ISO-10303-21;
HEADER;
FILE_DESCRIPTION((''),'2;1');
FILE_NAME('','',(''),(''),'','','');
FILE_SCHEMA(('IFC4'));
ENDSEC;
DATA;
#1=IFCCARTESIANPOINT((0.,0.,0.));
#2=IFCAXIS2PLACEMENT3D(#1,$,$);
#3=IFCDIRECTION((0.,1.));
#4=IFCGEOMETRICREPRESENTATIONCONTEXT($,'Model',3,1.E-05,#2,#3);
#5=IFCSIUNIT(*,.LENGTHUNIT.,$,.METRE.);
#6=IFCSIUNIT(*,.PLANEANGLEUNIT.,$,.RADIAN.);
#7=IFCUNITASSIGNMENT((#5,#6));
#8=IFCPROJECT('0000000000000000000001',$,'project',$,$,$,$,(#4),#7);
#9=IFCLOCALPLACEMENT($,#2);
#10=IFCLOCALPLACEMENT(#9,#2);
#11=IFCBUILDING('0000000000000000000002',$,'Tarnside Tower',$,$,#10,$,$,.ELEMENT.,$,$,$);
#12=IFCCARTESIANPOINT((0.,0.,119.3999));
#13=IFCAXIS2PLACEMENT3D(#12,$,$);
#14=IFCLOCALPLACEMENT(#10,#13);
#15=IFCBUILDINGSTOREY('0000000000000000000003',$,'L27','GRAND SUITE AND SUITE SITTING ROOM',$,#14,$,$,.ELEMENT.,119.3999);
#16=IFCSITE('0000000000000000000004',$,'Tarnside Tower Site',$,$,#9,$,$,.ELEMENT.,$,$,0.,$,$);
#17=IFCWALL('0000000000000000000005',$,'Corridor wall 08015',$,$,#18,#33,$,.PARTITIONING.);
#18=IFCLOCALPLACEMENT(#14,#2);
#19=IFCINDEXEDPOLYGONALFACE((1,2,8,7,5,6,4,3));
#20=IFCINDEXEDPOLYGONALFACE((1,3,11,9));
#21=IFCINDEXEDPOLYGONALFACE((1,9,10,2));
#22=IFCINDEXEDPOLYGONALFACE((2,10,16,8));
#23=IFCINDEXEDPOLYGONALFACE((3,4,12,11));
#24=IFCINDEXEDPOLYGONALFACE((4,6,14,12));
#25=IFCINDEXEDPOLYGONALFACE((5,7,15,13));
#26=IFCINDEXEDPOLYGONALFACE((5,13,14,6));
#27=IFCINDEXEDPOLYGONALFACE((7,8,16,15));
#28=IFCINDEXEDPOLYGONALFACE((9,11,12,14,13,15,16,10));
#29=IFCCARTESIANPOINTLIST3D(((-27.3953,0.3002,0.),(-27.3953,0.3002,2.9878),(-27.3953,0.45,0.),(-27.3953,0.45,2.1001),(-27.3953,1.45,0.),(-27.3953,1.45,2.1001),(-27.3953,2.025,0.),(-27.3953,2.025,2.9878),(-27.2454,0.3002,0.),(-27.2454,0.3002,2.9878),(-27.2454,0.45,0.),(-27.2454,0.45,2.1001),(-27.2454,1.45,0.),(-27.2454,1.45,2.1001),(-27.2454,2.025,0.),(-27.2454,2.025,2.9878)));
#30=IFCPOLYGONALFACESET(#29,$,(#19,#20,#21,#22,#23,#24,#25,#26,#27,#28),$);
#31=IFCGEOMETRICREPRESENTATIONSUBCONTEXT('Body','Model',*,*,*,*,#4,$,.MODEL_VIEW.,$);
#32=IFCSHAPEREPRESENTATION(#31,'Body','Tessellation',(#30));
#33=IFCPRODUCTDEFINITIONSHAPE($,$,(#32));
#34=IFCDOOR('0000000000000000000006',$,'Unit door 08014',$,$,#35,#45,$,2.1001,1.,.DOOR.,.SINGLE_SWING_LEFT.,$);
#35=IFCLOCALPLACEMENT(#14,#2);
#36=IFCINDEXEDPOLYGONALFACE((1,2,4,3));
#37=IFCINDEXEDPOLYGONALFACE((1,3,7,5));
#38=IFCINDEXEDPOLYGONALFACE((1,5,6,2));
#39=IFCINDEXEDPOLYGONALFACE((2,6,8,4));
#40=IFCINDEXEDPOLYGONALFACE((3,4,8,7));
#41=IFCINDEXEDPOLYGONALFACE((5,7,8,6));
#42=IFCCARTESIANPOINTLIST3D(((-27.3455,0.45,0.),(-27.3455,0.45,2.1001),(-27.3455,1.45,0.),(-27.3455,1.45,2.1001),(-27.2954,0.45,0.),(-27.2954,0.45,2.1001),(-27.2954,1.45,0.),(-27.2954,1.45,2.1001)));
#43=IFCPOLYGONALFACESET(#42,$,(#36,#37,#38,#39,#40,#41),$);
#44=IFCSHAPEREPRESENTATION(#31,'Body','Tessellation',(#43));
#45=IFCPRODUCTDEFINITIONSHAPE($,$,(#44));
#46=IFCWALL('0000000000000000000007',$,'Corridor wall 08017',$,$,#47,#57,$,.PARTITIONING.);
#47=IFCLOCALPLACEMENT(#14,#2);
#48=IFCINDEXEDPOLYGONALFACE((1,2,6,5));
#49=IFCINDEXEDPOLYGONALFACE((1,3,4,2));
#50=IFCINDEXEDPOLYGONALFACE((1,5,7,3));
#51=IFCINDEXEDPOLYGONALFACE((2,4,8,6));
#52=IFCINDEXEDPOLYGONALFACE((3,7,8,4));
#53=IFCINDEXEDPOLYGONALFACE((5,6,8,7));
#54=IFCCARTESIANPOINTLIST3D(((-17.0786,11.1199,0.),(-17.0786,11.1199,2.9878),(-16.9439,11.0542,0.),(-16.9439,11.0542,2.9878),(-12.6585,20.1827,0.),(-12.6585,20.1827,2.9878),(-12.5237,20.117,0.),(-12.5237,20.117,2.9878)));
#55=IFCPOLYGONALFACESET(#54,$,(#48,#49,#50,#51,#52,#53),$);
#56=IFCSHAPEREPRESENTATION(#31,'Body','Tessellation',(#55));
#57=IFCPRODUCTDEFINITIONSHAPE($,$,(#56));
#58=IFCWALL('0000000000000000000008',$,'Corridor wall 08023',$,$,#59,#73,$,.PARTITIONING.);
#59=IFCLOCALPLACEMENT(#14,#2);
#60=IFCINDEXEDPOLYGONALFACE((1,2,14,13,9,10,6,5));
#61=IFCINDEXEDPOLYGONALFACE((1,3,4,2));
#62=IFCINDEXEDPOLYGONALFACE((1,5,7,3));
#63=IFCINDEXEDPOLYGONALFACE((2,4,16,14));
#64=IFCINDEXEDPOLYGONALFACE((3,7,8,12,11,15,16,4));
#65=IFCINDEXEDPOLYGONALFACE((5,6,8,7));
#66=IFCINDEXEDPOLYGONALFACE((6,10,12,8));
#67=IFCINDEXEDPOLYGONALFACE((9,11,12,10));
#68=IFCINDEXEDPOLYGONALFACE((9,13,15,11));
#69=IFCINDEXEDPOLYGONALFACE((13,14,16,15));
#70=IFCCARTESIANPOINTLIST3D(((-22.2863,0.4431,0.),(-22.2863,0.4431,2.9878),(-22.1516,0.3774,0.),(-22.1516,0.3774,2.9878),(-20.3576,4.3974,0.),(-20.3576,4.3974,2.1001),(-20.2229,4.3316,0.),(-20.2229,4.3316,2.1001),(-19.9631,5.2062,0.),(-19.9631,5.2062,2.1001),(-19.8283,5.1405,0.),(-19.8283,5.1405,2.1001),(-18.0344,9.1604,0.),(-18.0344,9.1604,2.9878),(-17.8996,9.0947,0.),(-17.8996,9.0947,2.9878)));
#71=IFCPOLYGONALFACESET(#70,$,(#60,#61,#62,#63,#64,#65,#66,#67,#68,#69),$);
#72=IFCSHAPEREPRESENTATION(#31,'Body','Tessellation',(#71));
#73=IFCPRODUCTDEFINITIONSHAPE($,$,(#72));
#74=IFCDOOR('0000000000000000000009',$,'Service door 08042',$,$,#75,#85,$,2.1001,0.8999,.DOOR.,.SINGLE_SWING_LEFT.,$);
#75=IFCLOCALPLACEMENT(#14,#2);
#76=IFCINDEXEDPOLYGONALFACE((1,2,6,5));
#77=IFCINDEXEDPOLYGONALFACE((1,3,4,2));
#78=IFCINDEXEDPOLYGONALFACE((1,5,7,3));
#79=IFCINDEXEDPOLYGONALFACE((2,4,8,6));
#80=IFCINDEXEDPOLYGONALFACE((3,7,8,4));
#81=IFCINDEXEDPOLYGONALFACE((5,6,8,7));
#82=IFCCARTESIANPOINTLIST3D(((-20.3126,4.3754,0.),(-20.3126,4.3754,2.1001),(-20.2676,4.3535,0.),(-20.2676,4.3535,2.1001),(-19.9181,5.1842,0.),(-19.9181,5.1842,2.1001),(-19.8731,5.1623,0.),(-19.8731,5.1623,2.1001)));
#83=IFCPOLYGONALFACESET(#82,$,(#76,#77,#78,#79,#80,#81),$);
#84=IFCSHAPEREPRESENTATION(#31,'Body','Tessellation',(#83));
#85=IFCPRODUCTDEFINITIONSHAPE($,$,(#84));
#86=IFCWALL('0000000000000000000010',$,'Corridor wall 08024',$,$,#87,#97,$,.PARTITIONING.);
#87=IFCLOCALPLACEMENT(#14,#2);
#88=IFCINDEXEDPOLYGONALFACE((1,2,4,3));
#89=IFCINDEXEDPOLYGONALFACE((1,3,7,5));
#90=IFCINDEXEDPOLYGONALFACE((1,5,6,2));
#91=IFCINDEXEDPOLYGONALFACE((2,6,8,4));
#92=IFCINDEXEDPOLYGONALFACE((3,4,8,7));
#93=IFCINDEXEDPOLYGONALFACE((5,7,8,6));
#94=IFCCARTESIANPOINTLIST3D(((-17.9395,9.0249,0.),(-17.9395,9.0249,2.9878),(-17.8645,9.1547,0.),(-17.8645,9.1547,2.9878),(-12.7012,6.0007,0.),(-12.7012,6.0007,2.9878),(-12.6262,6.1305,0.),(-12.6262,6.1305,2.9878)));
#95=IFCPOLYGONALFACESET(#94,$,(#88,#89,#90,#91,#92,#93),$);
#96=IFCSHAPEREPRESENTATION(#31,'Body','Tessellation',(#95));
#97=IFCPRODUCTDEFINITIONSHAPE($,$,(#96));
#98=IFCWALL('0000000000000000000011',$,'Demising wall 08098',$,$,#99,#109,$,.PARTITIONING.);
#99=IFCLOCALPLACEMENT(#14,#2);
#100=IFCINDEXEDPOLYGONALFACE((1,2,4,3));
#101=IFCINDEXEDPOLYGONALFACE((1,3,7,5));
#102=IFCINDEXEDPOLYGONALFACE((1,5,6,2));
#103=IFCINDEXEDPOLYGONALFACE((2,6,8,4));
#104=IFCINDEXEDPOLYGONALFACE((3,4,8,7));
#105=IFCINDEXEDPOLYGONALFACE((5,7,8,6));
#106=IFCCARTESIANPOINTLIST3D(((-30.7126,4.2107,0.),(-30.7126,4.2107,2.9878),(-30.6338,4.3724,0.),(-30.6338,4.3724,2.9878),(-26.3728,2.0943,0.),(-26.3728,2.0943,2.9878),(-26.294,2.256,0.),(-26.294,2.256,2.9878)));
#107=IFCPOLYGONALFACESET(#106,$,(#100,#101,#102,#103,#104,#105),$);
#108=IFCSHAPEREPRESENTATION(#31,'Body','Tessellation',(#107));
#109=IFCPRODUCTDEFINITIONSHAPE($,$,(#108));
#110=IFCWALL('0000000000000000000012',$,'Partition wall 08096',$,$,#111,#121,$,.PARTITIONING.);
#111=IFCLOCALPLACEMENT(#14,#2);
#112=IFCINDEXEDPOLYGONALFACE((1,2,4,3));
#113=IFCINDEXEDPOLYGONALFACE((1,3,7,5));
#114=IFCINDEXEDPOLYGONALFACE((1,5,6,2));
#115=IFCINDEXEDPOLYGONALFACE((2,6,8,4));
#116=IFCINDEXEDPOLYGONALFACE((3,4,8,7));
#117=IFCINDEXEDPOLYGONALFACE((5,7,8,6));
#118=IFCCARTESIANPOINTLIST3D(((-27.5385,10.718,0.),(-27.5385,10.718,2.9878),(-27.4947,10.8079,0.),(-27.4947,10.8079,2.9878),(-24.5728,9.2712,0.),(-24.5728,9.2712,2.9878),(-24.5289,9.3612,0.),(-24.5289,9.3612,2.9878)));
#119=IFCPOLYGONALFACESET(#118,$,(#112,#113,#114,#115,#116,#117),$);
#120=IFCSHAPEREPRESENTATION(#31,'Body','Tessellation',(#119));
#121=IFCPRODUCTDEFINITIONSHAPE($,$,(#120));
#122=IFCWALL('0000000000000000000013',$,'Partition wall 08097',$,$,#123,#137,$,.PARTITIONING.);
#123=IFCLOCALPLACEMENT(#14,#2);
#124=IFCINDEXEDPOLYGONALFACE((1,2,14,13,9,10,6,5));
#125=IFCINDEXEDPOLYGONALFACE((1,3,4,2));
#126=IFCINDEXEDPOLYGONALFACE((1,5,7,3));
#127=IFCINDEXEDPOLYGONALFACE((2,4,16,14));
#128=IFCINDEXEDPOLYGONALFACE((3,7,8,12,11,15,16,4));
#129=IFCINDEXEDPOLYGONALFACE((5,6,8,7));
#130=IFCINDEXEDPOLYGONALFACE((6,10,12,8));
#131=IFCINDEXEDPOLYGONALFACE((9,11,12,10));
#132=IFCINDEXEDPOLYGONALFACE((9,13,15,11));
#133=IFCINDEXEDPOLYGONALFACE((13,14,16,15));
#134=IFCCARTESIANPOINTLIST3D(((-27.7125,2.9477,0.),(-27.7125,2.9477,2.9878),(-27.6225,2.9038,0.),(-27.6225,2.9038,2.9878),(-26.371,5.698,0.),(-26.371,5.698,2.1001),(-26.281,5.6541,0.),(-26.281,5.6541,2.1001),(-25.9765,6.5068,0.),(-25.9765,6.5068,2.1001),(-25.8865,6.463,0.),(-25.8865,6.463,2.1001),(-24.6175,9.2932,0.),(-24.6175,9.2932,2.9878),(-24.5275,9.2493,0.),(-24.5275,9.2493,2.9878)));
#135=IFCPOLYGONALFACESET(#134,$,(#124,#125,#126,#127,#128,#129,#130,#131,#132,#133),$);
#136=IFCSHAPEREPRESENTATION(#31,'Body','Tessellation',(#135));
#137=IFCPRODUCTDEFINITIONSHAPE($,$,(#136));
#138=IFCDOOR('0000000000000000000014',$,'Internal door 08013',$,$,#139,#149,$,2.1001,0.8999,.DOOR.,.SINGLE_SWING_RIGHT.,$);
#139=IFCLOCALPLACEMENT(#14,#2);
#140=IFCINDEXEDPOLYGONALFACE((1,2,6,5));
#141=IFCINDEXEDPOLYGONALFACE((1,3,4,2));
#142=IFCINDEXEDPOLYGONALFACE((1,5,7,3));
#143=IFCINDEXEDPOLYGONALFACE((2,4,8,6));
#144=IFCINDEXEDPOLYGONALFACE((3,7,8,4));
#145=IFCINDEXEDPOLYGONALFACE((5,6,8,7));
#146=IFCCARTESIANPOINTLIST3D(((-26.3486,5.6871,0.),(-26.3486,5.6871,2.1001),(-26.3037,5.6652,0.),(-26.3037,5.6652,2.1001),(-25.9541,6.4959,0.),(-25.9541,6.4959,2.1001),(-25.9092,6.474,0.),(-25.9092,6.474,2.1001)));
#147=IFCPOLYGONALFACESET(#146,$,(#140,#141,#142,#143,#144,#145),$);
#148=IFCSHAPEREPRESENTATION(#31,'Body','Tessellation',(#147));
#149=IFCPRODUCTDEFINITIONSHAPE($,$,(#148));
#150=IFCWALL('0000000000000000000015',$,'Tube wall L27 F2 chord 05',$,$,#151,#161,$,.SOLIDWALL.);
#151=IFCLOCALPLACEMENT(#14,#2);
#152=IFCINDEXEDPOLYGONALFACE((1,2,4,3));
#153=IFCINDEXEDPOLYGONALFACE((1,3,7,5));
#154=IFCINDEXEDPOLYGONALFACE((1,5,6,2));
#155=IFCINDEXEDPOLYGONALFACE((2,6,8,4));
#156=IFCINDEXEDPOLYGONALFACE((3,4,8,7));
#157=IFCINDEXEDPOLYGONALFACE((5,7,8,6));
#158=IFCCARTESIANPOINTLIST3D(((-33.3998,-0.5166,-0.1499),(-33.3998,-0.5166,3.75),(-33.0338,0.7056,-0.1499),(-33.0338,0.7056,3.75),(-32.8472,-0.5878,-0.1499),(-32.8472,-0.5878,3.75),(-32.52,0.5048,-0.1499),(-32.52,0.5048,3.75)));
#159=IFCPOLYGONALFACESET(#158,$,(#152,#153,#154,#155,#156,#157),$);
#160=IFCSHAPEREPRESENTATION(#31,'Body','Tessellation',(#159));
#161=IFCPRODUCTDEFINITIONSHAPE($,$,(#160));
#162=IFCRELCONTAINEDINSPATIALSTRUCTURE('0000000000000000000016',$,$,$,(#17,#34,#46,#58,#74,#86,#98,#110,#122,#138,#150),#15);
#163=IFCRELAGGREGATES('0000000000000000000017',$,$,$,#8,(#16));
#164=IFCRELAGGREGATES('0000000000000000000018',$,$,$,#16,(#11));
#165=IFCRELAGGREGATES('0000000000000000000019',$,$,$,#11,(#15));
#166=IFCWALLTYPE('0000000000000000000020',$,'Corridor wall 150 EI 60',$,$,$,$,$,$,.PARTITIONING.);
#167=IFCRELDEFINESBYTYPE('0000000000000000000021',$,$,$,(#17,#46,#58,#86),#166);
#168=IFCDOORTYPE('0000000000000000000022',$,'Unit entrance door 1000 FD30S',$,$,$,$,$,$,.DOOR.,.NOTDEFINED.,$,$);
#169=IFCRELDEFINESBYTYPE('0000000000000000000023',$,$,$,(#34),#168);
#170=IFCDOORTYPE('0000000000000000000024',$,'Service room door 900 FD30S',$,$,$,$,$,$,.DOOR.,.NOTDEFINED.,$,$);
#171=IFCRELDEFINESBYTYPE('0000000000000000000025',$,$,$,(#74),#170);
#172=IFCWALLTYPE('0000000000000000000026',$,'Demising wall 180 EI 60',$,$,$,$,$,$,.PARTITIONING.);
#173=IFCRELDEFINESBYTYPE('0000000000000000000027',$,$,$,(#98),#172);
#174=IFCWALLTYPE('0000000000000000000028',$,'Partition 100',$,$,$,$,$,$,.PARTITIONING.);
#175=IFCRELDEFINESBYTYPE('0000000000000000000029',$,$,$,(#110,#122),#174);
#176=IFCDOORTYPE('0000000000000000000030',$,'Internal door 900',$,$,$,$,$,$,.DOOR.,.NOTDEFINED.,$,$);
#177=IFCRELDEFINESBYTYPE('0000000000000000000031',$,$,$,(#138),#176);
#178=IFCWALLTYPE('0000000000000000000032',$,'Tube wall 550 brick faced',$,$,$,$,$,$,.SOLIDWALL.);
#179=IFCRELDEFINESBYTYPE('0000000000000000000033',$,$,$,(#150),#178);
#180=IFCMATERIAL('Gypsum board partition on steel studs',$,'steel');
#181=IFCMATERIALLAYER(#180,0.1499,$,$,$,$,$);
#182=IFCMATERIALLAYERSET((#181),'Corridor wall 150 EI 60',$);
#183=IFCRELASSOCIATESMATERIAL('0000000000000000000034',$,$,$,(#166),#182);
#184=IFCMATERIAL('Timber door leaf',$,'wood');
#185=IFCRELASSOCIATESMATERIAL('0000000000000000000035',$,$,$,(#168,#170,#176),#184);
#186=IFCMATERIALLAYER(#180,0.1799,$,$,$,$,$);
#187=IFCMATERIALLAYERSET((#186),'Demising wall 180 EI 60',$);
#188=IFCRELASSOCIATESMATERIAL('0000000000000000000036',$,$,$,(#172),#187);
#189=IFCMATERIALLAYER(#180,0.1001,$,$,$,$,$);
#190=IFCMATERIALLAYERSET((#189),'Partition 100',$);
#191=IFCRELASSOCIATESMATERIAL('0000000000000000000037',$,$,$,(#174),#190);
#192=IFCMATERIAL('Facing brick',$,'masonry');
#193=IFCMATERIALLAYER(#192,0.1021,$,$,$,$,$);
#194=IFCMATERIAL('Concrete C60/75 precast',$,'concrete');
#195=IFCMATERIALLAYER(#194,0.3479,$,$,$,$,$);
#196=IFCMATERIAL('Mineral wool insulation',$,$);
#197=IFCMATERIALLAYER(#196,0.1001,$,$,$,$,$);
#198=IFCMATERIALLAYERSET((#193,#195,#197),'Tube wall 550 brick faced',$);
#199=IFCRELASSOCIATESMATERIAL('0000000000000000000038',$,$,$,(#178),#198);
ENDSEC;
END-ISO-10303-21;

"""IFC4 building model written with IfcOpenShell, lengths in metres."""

from ifc_helpers import new_model, si_unit, direction, frame, frame_2d, origin, place, context, subcontext, project, spatial, polyline, rectangle, outline, extrude, material, layer, layer_set, type_object, element, fill, save


model = new_model("IFC4")

# Units and contexts
model_context = context("Model", 3, precision=1e-05, world=origin(), true_north=direction((0.0, 1.0)))
body_context = subcontext(model_context, "Body", "Model", "MODEL_VIEW")
ifc_project = project(units=[si_unit("LENGTHUNIT", "METRE"), si_unit("PLANEANGLEUNIT", "RADIAN")], contexts=[model_context])

# Site, building, storey
site_placement = place(None, origin())
site = spatial("IfcSite", under=ifc_project, at=site_placement, Name="Tarnside Tower Site", CompositionType="ELEMENT", RefElevation=0.0)
building_placement = place(site_placement, origin())
building = spatial("IfcBuilding", under=site, at=building_placement, Name="Tarnside Tower", CompositionType="ELEMENT")
storey_placement = place(building_placement, frame((0.0, 0.0, 119.3999)))
storey = spatial("IfcBuildingStorey", under=building, at=storey_placement, Name="L27", Description="GRAND SUITE AND SUITE SITTING ROOM", CompositionType="ELEMENT", Elevation=119.3999)

# Shared definitions
ifc_material_1 = material(Name="Gypsum board partition on steel studs", Category="steel")
ifc_material_2 = material(Name="Timber door leaf", Category="wood")

# Shared definitions
ifc_layer_1 = layer(ifc_material_1, 0.1499)
ifc_layer_set_1 = layer_set([ifc_layer_1], Name="Corridor wall 150 EI 60")
wall_type_1 = type_object("IfcWallType", Name="Corridor wall 150 EI 60", PredefinedType="PARTITIONING", material=ifc_layer_set_1)

# Wall, opening, door
wall_1_placement = place(storey_placement, frame((-27.3203, 2.0249, 0.0), z_axis=(0.0, 0.0, 1.0), x_axis=(0.0, -1.0, 0.0)))
wall_1 = element("IfcWall", 1, at=wall_1_placement, inside=storey, type_object=wall_type_1, Name="Corridor wall 08015", PredefinedType="PARTITIONING", context=body_context, shape_type="SweptSolid", body=[
    extrude(rectangle(XDim=1.7249, YDim=0.1499, at=frame_2d((0.8623, 0.0))), origin(), (0.0, 0.0, 1.0), 2.9878),
])
opening_1_placement = place(wall_1_placement, frame((0.575, 0.0, 0.0)))
opening_1 = element("IfcOpeningElement", 2, at=opening_1_placement, cuts=wall_1, PredefinedType="OPENING", context=body_context, shape_type="SweptSolid", body=[
    extrude(rectangle(XDim=1.0, YDim=2.1001, at=frame_2d((0.5, 1.05))), frame((0.0, 0.085, 0.0), z_axis=(0.0, -1.0, 0.0), x_axis=(1.0, 0.0, 0.0)), (0.0, 0.0, 1.0), 0.1699),
])
door_type_1 = type_object("IfcDoorType", Name="Unit entrance door 1000 FD30S", OperationType="NOTDEFINED", PredefinedType="DOOR", material=ifc_material_2)
door_1_placement = place(opening_1_placement, origin())
door_1 = element("IfcDoor", 3, at=door_1_placement, inside=storey, type_object=door_type_1, Name="Unit door 08014", OperationType="SINGLE_SWING_LEFT", OverallHeight=2.1001, OverallWidth=1.0, PredefinedType="DOOR", context=body_context, shape_type="SweptSolid", body=[
    extrude(rectangle(XDim=1.0, YDim=2.1001, at=frame_2d((0.5, 1.05))), frame((0.0, 0.0249, 0.0), z_axis=(0.0, -1.0, 0.0), x_axis=(1.0, 0.0, 0.0)), (0.0, 0.0, 1.0), 0.05),
])
fill(opening_1, door_1)

# Wall
wall_2_placement = place(storey_placement, frame((-17.0112, 11.0872, 0.0), z_axis=(0.0, 0.0, 1.0), x_axis=(0.438369, 0.898795, 0.0)))
element("IfcWall", 4, at=wall_2_placement, inside=storey, type_object=wall_type_1, Name="Corridor wall 08017", PredefinedType="PARTITIONING", context=body_context, shape_type="SweptSolid", body=[
    extrude(rectangle(XDim=10.0833, YDim=0.1499, at=frame_2d((5.0415, 0.0))), origin(), (0.0, 0.0, 1.0), 2.9878),
])

# Wall, opening, door
wall_3_placement = place(storey_placement, frame((-22.219, 0.4102, 0.0), z_axis=(0.0, 0.0, 1.0), x_axis=(0.438392, 0.898784, 0.0)))
wall_3 = element("IfcWall", 5, at=wall_3_placement, inside=storey, type_object=wall_type_1, Name="Corridor wall 08023", PredefinedType="PARTITIONING", context=body_context, shape_type="SweptSolid", body=[
    extrude(rectangle(XDim=9.699, YDim=0.1499, at=frame_2d((4.8496, 0.0))), origin(), (0.0, 0.0, 1.0), 2.9878),
])
opening_2_placement = place(wall_3_placement, frame((4.3997, 0.0, 0.0)))
opening_2 = element("IfcOpeningElement", 6, at=opening_2_placement, cuts=wall_3, PredefinedType="OPENING", context=body_context, shape_type="SweptSolid", body=[
    extrude(rectangle(XDim=0.8999, YDim=2.1001, at=frame_2d((0.45, 1.05))), frame((0.0, 0.085, 0.0), z_axis=(0.0, -1.0, 0.0), x_axis=(1.0, 0.0, 0.0)), (0.0, 0.0, 1.0), 0.1699),
])
door_type_2 = type_object("IfcDoorType", Name="Service room door 900 FD30S", OperationType="NOTDEFINED", PredefinedType="DOOR", material=ifc_material_2)
door_2_placement = place(opening_2_placement, origin())
door_2 = element("IfcDoor", 7, at=door_2_placement, inside=storey, type_object=door_type_2, Name="Service door 08042", OperationType="SINGLE_SWING_LEFT", OverallHeight=2.1001, OverallWidth=0.8999, PredefinedType="DOOR", context=body_context, shape_type="SweptSolid", body=[
    extrude(rectangle(XDim=0.8999, YDim=2.1001, at=frame_2d((0.45, 1.05))), frame((0.0, 0.0249, 0.0), z_axis=(0.0, -1.0, 0.0), x_axis=(1.0, 0.0, 0.0)), (0.0, 0.0, 1.0), 0.05),
])
fill(opening_2, door_2)

# Walls
wall_4_placement = place(storey_placement, frame((-17.9021, 9.0898, 0.0), z_axis=(0.0, 0.0, 1.0), x_axis=(0.866036, -0.499981, 0.0)))
element("IfcWall", 8, at=wall_4_placement, inside=storey, type_object=wall_type_1, Name="Corridor wall 08024", PredefinedType="PARTITIONING", context=body_context, shape_type="SweptSolid", body=[
    extrude(rectangle(XDim=6.0486, YDim=0.1499, at=frame_2d((3.0244, 0.0))), origin(), (0.0, 0.0, 1.0), 2.9878),
])
ifc_layer_2 = layer(ifc_material_1, 0.1799)
ifc_layer_set_2 = layer_set([ifc_layer_2], Name="Demising wall 180 EI 60")
wall_type_2 = type_object("IfcWallType", Name="Demising wall 180 EI 60", PredefinedType="PARTITIONING", material=ifc_layer_set_2)
wall_5_placement = place(storey_placement, frame((-30.6731, 4.2915, 0.0), z_axis=(0.0, 0.0, 1.0), x_axis=(0.898813, -0.438333, 0.0)))
element("IfcWall", 9, at=wall_5_placement, inside=storey, type_object=wall_type_2, Name="Demising wall 08098", PredefinedType="PARTITIONING", context=body_context, shape_type="SweptSolid", body=[
    extrude(rectangle(XDim=4.8284, YDim=0.1799, at=frame_2d((2.4141, 0.0))), origin(), (0.0, 0.0, 1.0), 2.9878),
])
ifc_layer_3 = layer(ifc_material_1, 0.1001)
ifc_layer_set_3 = layer_set([ifc_layer_3], Name="Partition 100")
wall_type_3 = type_object("IfcWallType", Name="Partition 100", PredefinedType="PARTITIONING", material=ifc_layer_set_3)
wall_6_placement = place(storey_placement, frame((-27.5166, 10.7629, 0.0), z_axis=(0.0, 0.0, 1.0), x_axis=(0.898764, -0.438432, 0.0)))
element("IfcWall", 10, at=wall_6_placement, inside=storey, type_object=wall_type_3, Name="Partition wall 08096", PredefinedType="PARTITIONING", context=body_context, shape_type="SweptSolid", body=[
    extrude(rectangle(XDim=3.2998, YDim=0.1001, at=frame_2d((1.6499, 0.0))), origin(), (0.0, 0.0, 1.0), 2.9878),
])

# Wall, opening, door
wall_7_placement = place(storey_placement, frame((-24.5725, 9.2712, 0.0), z_axis=(0.0, 0.0, 1.0), x_axis=(-0.438381, -0.898789, 0.0)))
wall_7 = element("IfcWall", 11, at=wall_7_placement, inside=storey, type_object=wall_type_3, Name="Partition wall 08097", PredefinedType="PARTITIONING", context=body_context, shape_type="SweptSolid", body=[
    extrude(rectangle(XDim=7.0601, YDim=0.1001, at=frame_2d((3.53, 0.0))), origin(), (0.0, 0.0, 1.0), 2.9878),
])
opening_3_placement = place(wall_7_placement, frame((3.1001, 0.0, 0.0)))
opening_3 = element("IfcOpeningElement", 12, at=opening_3_placement, cuts=wall_7, PredefinedType="OPENING", context=body_context, shape_type="SweptSolid", body=[
    extrude(rectangle(XDim=0.8999, YDim=2.1001, at=frame_2d((0.45, 1.05))), frame((0.0, 0.0601, 0.0), z_axis=(0.0, -1.0, 0.0), x_axis=(1.0, 0.0, 0.0)), (0.0, 0.0, 1.0), 0.1201),
])
door_type_3 = type_object("IfcDoorType", Name="Internal door 900", OperationType="NOTDEFINED", PredefinedType="DOOR", material=ifc_material_2)
door_3_placement = place(opening_3_placement, origin())
door_3 = element("IfcDoor", 13, at=door_3_placement, inside=storey, type_object=door_type_3, Name="Internal door 08013", OperationType="SINGLE_SWING_RIGHT", OverallHeight=2.1001, OverallWidth=0.8999, PredefinedType="DOOR", context=body_context, shape_type="SweptSolid", body=[
    extrude(rectangle(XDim=0.8999, YDim=2.1001, at=frame_2d((0.45, 1.05))), frame((0.0, 0.0249, 0.0), z_axis=(0.0, -1.0, 0.0), x_axis=(1.0, 0.0, 0.0)), (0.0, 0.0, 1.0), 0.05),
])
fill(opening_3, door_3)

# Wall
ifc_material_3 = material(Name="Facing brick", Category="masonry")
ifc_layer_4 = layer(ifc_material_3, 0.1021)
ifc_material_4 = material(Name="Concrete C60/75 precast", Category="concrete")
ifc_layer_5 = layer(ifc_material_4, 0.3479)
ifc_material_5 = material(Name="Mineral wool insulation")
ifc_layer_6 = layer(ifc_material_5, 0.1001)
ifc_layer_set_4 = layer_set([ifc_layer_4, ifc_layer_5, ifc_layer_6], Name="Tube wall 550 brick faced")
wall_type_4 = type_object("IfcWallType", Name="Tube wall 550 brick faced", PredefinedType="SOLIDWALL", material=ifc_layer_set_4)
wall_8_placement = place(storey_placement, frame((-32.7769, 0.6052, -0.1499), z_axis=(0.0, 0.0, 1.0), x_axis=(-0.286921, -0.957954, 0.0)))
element("IfcWall", 14, at=wall_8_placement, inside=storey, type_object=wall_type_4, Name="Tube wall L27 F2 chord 05", PredefinedType="SOLIDWALL", context=body_context, shape_type="SweptSolid", body=[
    extrude(outline(polyline([(-0.0225, -0.2749), (1.2534, -0.2749), (1.1631, 0.2749), (0.0225, 0.2749), (-0.0225, -0.2749)])), origin(), (0.0, 0.0, 1.0), 3.8999),
])

save(model, "model.ifc")
